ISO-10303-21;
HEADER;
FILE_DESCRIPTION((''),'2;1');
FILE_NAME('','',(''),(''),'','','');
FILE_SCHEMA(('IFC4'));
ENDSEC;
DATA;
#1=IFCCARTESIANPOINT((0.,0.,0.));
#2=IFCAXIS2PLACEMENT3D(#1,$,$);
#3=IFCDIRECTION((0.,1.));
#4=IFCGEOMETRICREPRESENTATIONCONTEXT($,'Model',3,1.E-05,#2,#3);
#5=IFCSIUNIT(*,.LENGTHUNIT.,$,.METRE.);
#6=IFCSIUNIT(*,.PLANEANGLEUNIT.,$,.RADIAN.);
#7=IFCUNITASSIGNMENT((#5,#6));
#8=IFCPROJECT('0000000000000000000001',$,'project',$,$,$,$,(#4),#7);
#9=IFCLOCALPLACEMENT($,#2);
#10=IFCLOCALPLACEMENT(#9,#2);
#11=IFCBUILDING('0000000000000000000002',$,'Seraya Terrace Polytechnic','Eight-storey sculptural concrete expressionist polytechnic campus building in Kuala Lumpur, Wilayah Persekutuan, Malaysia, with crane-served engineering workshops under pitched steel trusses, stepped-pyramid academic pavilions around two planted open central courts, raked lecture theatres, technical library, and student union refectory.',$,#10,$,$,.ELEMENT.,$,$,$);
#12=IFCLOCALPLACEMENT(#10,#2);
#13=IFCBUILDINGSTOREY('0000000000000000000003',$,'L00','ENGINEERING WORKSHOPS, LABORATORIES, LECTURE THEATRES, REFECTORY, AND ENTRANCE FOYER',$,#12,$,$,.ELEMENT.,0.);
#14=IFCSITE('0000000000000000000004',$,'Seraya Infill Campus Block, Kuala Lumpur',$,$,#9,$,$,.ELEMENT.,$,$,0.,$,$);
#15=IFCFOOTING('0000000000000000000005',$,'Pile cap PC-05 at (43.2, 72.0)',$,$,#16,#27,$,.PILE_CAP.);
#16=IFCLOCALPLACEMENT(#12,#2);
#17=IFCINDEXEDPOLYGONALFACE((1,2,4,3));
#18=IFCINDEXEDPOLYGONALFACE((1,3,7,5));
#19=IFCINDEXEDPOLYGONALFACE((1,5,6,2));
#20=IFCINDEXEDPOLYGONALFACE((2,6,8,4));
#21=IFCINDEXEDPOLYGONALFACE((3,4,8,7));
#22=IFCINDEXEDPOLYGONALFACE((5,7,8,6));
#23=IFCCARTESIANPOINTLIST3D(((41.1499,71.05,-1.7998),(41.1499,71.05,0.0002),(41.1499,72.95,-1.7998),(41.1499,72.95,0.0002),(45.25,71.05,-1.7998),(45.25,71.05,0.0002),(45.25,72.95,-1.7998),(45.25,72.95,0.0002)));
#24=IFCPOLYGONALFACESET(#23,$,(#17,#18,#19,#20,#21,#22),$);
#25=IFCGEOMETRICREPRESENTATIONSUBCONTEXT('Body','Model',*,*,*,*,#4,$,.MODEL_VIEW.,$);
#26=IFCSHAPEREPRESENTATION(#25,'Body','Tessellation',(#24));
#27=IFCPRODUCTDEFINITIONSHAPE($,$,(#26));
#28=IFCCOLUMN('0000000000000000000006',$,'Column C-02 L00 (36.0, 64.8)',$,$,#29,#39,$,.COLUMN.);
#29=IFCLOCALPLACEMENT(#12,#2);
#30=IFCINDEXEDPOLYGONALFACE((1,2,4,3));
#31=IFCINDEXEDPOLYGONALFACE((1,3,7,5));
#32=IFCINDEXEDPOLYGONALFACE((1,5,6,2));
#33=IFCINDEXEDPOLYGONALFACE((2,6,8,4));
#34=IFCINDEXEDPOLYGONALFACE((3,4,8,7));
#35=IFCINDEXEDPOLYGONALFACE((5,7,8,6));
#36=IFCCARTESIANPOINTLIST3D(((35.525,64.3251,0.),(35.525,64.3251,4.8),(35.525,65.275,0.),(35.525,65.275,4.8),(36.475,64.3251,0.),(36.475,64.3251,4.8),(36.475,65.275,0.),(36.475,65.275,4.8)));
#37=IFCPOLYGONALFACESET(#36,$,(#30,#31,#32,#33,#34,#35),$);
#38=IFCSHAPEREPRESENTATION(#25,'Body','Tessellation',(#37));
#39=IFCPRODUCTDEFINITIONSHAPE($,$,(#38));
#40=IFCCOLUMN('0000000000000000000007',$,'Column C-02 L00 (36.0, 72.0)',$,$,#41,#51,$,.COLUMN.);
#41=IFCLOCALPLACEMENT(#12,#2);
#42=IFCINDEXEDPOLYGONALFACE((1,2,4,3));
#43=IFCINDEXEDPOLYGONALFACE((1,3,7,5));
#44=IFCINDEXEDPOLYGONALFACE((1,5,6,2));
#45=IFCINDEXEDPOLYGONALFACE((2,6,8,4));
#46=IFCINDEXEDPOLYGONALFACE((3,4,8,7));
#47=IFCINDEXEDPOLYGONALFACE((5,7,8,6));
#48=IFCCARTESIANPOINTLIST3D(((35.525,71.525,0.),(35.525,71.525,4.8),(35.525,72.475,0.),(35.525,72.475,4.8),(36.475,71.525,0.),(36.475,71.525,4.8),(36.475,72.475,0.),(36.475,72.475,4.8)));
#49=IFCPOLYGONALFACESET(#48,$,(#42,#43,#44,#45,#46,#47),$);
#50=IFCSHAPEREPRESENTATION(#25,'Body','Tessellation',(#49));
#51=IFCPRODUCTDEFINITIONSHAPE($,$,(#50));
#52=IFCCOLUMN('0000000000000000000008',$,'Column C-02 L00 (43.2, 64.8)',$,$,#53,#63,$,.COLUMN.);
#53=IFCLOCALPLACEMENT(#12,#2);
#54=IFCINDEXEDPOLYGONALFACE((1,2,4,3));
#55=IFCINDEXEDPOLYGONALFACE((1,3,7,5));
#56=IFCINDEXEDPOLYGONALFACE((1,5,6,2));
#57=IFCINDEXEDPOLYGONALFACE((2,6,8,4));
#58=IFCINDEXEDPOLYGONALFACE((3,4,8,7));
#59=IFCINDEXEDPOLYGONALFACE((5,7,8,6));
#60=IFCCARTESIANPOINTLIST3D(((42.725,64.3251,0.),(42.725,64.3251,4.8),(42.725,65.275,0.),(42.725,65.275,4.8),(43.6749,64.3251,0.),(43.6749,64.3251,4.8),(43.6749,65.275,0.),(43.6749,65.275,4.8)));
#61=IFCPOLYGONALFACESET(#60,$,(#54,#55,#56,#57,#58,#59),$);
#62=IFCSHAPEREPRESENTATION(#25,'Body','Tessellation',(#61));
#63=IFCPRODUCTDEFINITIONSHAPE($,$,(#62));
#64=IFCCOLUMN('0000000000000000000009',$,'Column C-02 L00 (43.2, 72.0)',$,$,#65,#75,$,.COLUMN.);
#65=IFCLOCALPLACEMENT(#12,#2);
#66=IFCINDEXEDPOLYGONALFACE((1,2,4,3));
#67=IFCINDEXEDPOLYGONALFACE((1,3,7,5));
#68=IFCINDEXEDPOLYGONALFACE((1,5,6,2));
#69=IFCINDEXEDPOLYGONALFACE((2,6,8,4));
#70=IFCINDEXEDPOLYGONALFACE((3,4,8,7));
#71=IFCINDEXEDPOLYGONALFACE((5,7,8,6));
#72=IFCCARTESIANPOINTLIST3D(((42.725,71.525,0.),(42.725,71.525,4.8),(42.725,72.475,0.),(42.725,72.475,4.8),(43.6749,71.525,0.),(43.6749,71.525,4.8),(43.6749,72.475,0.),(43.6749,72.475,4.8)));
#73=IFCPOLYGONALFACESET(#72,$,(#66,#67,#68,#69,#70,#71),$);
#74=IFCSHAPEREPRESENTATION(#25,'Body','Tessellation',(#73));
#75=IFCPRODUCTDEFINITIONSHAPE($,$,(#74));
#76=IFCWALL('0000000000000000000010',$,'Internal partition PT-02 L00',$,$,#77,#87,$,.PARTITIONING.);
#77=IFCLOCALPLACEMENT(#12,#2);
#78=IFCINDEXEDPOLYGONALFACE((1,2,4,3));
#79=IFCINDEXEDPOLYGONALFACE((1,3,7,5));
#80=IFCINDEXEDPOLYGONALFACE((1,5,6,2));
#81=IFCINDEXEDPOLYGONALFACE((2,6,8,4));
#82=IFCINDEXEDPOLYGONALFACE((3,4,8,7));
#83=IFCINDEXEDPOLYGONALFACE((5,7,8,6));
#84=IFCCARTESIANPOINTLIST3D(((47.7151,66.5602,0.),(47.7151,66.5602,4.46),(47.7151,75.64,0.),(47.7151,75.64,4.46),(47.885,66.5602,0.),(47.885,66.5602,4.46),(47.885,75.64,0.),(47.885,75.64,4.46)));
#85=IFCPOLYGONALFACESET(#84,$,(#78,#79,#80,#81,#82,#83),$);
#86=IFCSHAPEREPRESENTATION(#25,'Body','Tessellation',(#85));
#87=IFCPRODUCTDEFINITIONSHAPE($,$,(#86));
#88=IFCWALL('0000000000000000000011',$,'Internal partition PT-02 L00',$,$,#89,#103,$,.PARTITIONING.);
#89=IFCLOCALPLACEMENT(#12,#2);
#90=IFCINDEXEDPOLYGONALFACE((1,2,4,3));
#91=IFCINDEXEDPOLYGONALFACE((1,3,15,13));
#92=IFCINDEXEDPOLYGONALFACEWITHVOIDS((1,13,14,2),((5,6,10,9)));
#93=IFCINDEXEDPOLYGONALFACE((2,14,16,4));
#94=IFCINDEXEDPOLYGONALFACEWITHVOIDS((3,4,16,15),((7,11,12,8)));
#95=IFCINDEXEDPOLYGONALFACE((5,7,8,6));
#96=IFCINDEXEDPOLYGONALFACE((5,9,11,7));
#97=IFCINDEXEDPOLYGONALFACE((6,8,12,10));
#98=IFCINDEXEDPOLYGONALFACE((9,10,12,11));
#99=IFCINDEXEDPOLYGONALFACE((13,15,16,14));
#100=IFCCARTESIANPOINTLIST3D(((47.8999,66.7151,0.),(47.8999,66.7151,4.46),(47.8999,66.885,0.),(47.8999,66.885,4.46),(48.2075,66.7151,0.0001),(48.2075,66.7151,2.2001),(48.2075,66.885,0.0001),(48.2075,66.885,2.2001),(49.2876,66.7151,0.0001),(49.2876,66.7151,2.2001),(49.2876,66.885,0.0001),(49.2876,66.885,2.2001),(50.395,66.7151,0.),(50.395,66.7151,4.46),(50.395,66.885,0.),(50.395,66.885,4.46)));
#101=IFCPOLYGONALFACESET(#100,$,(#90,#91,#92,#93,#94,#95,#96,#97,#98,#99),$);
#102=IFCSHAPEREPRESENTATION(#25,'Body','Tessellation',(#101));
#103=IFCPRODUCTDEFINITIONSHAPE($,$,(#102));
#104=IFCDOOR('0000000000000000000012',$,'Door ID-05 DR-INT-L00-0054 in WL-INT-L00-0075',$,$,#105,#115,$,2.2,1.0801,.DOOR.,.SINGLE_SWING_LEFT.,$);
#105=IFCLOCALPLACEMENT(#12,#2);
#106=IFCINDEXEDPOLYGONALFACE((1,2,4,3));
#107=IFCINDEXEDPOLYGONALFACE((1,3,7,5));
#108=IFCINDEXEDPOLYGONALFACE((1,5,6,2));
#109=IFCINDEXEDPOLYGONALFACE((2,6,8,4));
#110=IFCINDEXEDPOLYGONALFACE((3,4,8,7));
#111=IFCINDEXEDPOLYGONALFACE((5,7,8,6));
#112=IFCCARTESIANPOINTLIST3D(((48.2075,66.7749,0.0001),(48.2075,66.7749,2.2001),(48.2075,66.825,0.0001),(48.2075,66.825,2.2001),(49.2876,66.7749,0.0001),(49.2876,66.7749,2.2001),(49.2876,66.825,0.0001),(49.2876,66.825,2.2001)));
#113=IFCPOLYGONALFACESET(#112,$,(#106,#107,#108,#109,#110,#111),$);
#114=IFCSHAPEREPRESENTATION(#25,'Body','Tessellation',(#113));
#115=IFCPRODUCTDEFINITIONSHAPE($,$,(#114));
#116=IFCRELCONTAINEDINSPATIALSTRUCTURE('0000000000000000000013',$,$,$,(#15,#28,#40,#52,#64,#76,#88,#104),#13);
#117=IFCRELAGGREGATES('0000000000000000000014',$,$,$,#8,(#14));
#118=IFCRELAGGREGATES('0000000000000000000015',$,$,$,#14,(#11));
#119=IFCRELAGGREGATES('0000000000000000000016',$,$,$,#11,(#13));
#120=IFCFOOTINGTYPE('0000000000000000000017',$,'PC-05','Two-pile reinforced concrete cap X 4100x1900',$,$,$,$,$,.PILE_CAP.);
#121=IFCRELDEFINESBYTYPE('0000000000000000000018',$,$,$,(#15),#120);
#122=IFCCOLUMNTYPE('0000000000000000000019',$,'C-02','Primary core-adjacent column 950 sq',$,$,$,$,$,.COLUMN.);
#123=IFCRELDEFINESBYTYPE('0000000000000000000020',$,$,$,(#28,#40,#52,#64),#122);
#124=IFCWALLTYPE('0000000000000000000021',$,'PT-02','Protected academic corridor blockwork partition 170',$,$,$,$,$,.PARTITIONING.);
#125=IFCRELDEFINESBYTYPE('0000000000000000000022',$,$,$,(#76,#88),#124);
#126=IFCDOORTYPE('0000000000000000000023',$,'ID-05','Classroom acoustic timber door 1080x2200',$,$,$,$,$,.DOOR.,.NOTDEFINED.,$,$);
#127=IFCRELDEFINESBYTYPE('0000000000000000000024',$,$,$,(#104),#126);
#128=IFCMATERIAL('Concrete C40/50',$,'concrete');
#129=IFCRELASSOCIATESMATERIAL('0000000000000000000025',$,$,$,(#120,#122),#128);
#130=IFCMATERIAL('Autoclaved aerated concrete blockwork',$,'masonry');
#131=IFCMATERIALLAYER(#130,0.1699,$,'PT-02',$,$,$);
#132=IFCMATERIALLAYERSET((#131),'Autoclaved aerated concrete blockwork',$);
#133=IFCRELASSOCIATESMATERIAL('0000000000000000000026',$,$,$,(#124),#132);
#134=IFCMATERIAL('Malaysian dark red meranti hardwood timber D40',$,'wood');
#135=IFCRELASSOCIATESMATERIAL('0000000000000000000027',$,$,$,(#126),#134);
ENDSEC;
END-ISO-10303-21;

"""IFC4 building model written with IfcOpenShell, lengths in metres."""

from ifc_helpers import new_model, si_unit, direction, frame, frame_2d, origin, origin_2d, place, context, subcontext, project, spatial, rectangle, extrude, material, layer, layer_set, material_profile, profile_set, type_object, element, fill, save


model = new_model("IFC4")

# Units and contexts
model_context = context("Model", 3, precision=1e-05, world=origin(), true_north=direction((0.0, 1.0)))
body_context = subcontext(model_context, "Body", "Model", "MODEL_VIEW")
ifc_project = project(units=[si_unit("LENGTHUNIT", "METRE"), si_unit("PLANEANGLEUNIT", "RADIAN")], contexts=[model_context])

# Site, building, storey
site_placement = place(None, origin())
site = spatial("IfcSite", under=ifc_project, at=site_placement, Name="Seraya Infill Campus Block, Kuala Lumpur", CompositionType="ELEMENT", RefElevation=0.0)
building_placement = place(site_placement, origin())
building = spatial("IfcBuilding", under=site, at=building_placement, Name="Seraya Terrace Polytechnic", Description="Eight-storey sculptural concrete expressionist polytechnic campus building in Kuala Lumpur, Wilayah Persekutuan, Malaysia, with crane-served engineering workshops under pitched steel trusses, stepped-pyramid academic pavilions around two planted open central courts, raked lecture theatres, technical library, and student union refectory.", CompositionType="ELEMENT")
storey_placement = place(building_placement, origin())
storey = spatial("IfcBuildingStorey", under=building, at=storey_placement, Name="L00", Description="ENGINEERING WORKSHOPS, LABORATORIES, LECTURE THEATRES, REFECTORY, AND ENTRANCE FOYER", CompositionType="ELEMENT", Elevation=0.0)

# Shared definitions
ifc_material_1 = material(Name="Concrete C40/50", Category="concrete")

# Footing
footing_type_1 = type_object("IfcFootingType", Name="PC-05", Description="Two-pile reinforced concrete cap X 4100x1900", PredefinedType="PILE_CAP", material=ifc_material_1)
for number, where, z_axis, x_axis, name in (
    (1, (43.2, 72.0, -1.7998), (0.0, 0.0, 1.0), (1.0, 0.0, 0.0), "Pile cap PC-05 at (43.2, 72.0)"),
):
    element("IfcFooting", number, at=place(storey_placement, frame(where, z_axis=z_axis, x_axis=x_axis)), inside=storey, type_object=footing_type_1, Name=name, PredefinedType="PILE_CAP", context=body_context, shape_type="SweptSolid", body=[
        extrude(rectangle(XDim=4.1001, YDim=1.8999, at=origin_2d()), origin(), (0.0, 0.0, 1.0), 1.8),
    ])

# Columns
ifc_material_profile_1 = material_profile(ifc_material_1, rectangle(XDim=0.95, YDim=0.95, at=origin_2d()), Name="RC 950x950")
ifc_profile_set_1 = profile_set([ifc_material_profile_1], Name="Concrete C40/50")
column_type = type_object("IfcColumnType", Name="C-02", Description="Primary core-adjacent column 950 sq", PredefinedType="COLUMN", material=ifc_profile_set_1)
for number, where, z_axis, x_axis, name in (
    (2, (36.0, 64.8, 0.0), (0.0, 0.0, 1.0), (1.0, 0.0, 0.0), "Column C-02 L00 (36.0, 64.8)"),
    (3, (36.0, 72.0, 0.0), (0.0, 0.0, 1.0), (1.0, 0.0, 0.0), "Column C-02 L00 (36.0, 72.0)"),
    (4, (43.2, 64.8, 0.0), (0.0, 0.0, 1.0), (1.0, 0.0, 0.0), "Column C-02 L00 (43.2, 64.8)"),
    (5, (43.2, 72.0, 0.0), (0.0, 0.0, 1.0), (1.0, 0.0, 0.0), "Column C-02 L00 (43.2, 72.0)"),
):
    element("IfcColumn", number, at=place(storey_placement, frame(where, z_axis=z_axis, x_axis=x_axis)), inside=storey, type_object=column_type, Name=name, PredefinedType="COLUMN", context=body_context, shape_type="SweptSolid", body=[
        extrude(rectangle(XDim=0.95, YDim=0.95, at=origin_2d()), origin(), (0.0, 0.0, 1.0), 4.8),
    ])

# Wall
ifc_material_2 = material(Name="Autoclaved aerated concrete blockwork", Category="masonry")
ifc_layer = layer(ifc_material_2, 0.1699, Name="PT-02")
ifc_layer_set = layer_set([ifc_layer], Name="Autoclaved aerated concrete blockwork")
wall_type = type_object("IfcWallType", Name="PT-02", Description="Protected academic corridor blockwork partition 170", PredefinedType="PARTITIONING", material=ifc_layer_set)
wall_1_placement = place(storey_placement, frame((47.8, 66.5601, 0.0), z_axis=(0.0, 0.0, 1.0), x_axis=(0.0, 1.0, 0.0)))
element("IfcWall", 6, at=wall_1_placement, inside=storey, type_object=wall_type, Name="Internal partition PT-02 L00", PredefinedType="PARTITIONING", context=body_context, shape_type="SweptSolid", body=[
    extrude(rectangle(XDim=9.0798, YDim=0.1699, at=frame_2d((4.54, 0.0))), origin(), (0.0, 0.0, 1.0), 4.46),
])

# Wall, opening, door
wall_2_placement = place(storey_placement, frame((47.8999, 66.8, 0.0), z_axis=(0.0, 0.0, 1.0), x_axis=(1.0, 0.0, 0.0)))
wall_2 = element("IfcWall", 7, at=wall_2_placement, inside=storey, type_object=wall_type, Name="Internal partition PT-02 L00", PredefinedType="PARTITIONING", context=body_context, shape_type="SweptSolid", body=[
    extrude(rectangle(XDim=2.4951, YDim=0.1699, at=frame_2d((1.2476, 0.0))), origin(), (0.0, 0.0, 1.0), 4.46),
])
opening_placement = place(wall_2_placement, frame((0.3076, 0.0, 0.0)))
opening = element("IfcOpeningElement", 8, at=opening_placement, cuts=wall_2, PredefinedType="OPENING", context=body_context, shape_type="SweptSolid", body=[
    extrude(rectangle(XDim=1.0801, YDim=2.2, at=frame_2d((0.54, 1.1001))), frame((0.0, 0.0969, 0.0), z_axis=(0.0, -1.0, 0.0), x_axis=(1.0, 0.0, 0.0)), (0.0, 0.0, 1.0), 0.1938),
])
ifc_material_3 = material(Name="Malaysian dark red meranti hardwood timber D40", Category="wood")
door_type = type_object("IfcDoorType", Name="ID-05", Description="Classroom acoustic timber door 1080x2200", OperationType="NOTDEFINED", PredefinedType="DOOR", material=ifc_material_3)
door_placement = place(opening_placement, origin())
door = element("IfcDoor", 9, at=door_placement, inside=storey, type_object=door_type, Name="Door ID-05 DR-INT-L00-0054 in WL-INT-L00-0075", OperationType="SINGLE_SWING_LEFT", OverallHeight=2.2, OverallWidth=1.0801, PredefinedType="DOOR", context=body_context, shape_type="SweptSolid", body=[
    extrude(rectangle(XDim=1.0801, YDim=2.2, at=frame_2d((0.54, 1.1001))), frame((0.0, 0.0249, 0.0), z_axis=(0.0, -1.0, 0.0), x_axis=(1.0, 0.0, 0.0)), (0.0, 0.0, 1.0), 0.05),
])
fill(opening, door)

save(model, "model.ifc")
